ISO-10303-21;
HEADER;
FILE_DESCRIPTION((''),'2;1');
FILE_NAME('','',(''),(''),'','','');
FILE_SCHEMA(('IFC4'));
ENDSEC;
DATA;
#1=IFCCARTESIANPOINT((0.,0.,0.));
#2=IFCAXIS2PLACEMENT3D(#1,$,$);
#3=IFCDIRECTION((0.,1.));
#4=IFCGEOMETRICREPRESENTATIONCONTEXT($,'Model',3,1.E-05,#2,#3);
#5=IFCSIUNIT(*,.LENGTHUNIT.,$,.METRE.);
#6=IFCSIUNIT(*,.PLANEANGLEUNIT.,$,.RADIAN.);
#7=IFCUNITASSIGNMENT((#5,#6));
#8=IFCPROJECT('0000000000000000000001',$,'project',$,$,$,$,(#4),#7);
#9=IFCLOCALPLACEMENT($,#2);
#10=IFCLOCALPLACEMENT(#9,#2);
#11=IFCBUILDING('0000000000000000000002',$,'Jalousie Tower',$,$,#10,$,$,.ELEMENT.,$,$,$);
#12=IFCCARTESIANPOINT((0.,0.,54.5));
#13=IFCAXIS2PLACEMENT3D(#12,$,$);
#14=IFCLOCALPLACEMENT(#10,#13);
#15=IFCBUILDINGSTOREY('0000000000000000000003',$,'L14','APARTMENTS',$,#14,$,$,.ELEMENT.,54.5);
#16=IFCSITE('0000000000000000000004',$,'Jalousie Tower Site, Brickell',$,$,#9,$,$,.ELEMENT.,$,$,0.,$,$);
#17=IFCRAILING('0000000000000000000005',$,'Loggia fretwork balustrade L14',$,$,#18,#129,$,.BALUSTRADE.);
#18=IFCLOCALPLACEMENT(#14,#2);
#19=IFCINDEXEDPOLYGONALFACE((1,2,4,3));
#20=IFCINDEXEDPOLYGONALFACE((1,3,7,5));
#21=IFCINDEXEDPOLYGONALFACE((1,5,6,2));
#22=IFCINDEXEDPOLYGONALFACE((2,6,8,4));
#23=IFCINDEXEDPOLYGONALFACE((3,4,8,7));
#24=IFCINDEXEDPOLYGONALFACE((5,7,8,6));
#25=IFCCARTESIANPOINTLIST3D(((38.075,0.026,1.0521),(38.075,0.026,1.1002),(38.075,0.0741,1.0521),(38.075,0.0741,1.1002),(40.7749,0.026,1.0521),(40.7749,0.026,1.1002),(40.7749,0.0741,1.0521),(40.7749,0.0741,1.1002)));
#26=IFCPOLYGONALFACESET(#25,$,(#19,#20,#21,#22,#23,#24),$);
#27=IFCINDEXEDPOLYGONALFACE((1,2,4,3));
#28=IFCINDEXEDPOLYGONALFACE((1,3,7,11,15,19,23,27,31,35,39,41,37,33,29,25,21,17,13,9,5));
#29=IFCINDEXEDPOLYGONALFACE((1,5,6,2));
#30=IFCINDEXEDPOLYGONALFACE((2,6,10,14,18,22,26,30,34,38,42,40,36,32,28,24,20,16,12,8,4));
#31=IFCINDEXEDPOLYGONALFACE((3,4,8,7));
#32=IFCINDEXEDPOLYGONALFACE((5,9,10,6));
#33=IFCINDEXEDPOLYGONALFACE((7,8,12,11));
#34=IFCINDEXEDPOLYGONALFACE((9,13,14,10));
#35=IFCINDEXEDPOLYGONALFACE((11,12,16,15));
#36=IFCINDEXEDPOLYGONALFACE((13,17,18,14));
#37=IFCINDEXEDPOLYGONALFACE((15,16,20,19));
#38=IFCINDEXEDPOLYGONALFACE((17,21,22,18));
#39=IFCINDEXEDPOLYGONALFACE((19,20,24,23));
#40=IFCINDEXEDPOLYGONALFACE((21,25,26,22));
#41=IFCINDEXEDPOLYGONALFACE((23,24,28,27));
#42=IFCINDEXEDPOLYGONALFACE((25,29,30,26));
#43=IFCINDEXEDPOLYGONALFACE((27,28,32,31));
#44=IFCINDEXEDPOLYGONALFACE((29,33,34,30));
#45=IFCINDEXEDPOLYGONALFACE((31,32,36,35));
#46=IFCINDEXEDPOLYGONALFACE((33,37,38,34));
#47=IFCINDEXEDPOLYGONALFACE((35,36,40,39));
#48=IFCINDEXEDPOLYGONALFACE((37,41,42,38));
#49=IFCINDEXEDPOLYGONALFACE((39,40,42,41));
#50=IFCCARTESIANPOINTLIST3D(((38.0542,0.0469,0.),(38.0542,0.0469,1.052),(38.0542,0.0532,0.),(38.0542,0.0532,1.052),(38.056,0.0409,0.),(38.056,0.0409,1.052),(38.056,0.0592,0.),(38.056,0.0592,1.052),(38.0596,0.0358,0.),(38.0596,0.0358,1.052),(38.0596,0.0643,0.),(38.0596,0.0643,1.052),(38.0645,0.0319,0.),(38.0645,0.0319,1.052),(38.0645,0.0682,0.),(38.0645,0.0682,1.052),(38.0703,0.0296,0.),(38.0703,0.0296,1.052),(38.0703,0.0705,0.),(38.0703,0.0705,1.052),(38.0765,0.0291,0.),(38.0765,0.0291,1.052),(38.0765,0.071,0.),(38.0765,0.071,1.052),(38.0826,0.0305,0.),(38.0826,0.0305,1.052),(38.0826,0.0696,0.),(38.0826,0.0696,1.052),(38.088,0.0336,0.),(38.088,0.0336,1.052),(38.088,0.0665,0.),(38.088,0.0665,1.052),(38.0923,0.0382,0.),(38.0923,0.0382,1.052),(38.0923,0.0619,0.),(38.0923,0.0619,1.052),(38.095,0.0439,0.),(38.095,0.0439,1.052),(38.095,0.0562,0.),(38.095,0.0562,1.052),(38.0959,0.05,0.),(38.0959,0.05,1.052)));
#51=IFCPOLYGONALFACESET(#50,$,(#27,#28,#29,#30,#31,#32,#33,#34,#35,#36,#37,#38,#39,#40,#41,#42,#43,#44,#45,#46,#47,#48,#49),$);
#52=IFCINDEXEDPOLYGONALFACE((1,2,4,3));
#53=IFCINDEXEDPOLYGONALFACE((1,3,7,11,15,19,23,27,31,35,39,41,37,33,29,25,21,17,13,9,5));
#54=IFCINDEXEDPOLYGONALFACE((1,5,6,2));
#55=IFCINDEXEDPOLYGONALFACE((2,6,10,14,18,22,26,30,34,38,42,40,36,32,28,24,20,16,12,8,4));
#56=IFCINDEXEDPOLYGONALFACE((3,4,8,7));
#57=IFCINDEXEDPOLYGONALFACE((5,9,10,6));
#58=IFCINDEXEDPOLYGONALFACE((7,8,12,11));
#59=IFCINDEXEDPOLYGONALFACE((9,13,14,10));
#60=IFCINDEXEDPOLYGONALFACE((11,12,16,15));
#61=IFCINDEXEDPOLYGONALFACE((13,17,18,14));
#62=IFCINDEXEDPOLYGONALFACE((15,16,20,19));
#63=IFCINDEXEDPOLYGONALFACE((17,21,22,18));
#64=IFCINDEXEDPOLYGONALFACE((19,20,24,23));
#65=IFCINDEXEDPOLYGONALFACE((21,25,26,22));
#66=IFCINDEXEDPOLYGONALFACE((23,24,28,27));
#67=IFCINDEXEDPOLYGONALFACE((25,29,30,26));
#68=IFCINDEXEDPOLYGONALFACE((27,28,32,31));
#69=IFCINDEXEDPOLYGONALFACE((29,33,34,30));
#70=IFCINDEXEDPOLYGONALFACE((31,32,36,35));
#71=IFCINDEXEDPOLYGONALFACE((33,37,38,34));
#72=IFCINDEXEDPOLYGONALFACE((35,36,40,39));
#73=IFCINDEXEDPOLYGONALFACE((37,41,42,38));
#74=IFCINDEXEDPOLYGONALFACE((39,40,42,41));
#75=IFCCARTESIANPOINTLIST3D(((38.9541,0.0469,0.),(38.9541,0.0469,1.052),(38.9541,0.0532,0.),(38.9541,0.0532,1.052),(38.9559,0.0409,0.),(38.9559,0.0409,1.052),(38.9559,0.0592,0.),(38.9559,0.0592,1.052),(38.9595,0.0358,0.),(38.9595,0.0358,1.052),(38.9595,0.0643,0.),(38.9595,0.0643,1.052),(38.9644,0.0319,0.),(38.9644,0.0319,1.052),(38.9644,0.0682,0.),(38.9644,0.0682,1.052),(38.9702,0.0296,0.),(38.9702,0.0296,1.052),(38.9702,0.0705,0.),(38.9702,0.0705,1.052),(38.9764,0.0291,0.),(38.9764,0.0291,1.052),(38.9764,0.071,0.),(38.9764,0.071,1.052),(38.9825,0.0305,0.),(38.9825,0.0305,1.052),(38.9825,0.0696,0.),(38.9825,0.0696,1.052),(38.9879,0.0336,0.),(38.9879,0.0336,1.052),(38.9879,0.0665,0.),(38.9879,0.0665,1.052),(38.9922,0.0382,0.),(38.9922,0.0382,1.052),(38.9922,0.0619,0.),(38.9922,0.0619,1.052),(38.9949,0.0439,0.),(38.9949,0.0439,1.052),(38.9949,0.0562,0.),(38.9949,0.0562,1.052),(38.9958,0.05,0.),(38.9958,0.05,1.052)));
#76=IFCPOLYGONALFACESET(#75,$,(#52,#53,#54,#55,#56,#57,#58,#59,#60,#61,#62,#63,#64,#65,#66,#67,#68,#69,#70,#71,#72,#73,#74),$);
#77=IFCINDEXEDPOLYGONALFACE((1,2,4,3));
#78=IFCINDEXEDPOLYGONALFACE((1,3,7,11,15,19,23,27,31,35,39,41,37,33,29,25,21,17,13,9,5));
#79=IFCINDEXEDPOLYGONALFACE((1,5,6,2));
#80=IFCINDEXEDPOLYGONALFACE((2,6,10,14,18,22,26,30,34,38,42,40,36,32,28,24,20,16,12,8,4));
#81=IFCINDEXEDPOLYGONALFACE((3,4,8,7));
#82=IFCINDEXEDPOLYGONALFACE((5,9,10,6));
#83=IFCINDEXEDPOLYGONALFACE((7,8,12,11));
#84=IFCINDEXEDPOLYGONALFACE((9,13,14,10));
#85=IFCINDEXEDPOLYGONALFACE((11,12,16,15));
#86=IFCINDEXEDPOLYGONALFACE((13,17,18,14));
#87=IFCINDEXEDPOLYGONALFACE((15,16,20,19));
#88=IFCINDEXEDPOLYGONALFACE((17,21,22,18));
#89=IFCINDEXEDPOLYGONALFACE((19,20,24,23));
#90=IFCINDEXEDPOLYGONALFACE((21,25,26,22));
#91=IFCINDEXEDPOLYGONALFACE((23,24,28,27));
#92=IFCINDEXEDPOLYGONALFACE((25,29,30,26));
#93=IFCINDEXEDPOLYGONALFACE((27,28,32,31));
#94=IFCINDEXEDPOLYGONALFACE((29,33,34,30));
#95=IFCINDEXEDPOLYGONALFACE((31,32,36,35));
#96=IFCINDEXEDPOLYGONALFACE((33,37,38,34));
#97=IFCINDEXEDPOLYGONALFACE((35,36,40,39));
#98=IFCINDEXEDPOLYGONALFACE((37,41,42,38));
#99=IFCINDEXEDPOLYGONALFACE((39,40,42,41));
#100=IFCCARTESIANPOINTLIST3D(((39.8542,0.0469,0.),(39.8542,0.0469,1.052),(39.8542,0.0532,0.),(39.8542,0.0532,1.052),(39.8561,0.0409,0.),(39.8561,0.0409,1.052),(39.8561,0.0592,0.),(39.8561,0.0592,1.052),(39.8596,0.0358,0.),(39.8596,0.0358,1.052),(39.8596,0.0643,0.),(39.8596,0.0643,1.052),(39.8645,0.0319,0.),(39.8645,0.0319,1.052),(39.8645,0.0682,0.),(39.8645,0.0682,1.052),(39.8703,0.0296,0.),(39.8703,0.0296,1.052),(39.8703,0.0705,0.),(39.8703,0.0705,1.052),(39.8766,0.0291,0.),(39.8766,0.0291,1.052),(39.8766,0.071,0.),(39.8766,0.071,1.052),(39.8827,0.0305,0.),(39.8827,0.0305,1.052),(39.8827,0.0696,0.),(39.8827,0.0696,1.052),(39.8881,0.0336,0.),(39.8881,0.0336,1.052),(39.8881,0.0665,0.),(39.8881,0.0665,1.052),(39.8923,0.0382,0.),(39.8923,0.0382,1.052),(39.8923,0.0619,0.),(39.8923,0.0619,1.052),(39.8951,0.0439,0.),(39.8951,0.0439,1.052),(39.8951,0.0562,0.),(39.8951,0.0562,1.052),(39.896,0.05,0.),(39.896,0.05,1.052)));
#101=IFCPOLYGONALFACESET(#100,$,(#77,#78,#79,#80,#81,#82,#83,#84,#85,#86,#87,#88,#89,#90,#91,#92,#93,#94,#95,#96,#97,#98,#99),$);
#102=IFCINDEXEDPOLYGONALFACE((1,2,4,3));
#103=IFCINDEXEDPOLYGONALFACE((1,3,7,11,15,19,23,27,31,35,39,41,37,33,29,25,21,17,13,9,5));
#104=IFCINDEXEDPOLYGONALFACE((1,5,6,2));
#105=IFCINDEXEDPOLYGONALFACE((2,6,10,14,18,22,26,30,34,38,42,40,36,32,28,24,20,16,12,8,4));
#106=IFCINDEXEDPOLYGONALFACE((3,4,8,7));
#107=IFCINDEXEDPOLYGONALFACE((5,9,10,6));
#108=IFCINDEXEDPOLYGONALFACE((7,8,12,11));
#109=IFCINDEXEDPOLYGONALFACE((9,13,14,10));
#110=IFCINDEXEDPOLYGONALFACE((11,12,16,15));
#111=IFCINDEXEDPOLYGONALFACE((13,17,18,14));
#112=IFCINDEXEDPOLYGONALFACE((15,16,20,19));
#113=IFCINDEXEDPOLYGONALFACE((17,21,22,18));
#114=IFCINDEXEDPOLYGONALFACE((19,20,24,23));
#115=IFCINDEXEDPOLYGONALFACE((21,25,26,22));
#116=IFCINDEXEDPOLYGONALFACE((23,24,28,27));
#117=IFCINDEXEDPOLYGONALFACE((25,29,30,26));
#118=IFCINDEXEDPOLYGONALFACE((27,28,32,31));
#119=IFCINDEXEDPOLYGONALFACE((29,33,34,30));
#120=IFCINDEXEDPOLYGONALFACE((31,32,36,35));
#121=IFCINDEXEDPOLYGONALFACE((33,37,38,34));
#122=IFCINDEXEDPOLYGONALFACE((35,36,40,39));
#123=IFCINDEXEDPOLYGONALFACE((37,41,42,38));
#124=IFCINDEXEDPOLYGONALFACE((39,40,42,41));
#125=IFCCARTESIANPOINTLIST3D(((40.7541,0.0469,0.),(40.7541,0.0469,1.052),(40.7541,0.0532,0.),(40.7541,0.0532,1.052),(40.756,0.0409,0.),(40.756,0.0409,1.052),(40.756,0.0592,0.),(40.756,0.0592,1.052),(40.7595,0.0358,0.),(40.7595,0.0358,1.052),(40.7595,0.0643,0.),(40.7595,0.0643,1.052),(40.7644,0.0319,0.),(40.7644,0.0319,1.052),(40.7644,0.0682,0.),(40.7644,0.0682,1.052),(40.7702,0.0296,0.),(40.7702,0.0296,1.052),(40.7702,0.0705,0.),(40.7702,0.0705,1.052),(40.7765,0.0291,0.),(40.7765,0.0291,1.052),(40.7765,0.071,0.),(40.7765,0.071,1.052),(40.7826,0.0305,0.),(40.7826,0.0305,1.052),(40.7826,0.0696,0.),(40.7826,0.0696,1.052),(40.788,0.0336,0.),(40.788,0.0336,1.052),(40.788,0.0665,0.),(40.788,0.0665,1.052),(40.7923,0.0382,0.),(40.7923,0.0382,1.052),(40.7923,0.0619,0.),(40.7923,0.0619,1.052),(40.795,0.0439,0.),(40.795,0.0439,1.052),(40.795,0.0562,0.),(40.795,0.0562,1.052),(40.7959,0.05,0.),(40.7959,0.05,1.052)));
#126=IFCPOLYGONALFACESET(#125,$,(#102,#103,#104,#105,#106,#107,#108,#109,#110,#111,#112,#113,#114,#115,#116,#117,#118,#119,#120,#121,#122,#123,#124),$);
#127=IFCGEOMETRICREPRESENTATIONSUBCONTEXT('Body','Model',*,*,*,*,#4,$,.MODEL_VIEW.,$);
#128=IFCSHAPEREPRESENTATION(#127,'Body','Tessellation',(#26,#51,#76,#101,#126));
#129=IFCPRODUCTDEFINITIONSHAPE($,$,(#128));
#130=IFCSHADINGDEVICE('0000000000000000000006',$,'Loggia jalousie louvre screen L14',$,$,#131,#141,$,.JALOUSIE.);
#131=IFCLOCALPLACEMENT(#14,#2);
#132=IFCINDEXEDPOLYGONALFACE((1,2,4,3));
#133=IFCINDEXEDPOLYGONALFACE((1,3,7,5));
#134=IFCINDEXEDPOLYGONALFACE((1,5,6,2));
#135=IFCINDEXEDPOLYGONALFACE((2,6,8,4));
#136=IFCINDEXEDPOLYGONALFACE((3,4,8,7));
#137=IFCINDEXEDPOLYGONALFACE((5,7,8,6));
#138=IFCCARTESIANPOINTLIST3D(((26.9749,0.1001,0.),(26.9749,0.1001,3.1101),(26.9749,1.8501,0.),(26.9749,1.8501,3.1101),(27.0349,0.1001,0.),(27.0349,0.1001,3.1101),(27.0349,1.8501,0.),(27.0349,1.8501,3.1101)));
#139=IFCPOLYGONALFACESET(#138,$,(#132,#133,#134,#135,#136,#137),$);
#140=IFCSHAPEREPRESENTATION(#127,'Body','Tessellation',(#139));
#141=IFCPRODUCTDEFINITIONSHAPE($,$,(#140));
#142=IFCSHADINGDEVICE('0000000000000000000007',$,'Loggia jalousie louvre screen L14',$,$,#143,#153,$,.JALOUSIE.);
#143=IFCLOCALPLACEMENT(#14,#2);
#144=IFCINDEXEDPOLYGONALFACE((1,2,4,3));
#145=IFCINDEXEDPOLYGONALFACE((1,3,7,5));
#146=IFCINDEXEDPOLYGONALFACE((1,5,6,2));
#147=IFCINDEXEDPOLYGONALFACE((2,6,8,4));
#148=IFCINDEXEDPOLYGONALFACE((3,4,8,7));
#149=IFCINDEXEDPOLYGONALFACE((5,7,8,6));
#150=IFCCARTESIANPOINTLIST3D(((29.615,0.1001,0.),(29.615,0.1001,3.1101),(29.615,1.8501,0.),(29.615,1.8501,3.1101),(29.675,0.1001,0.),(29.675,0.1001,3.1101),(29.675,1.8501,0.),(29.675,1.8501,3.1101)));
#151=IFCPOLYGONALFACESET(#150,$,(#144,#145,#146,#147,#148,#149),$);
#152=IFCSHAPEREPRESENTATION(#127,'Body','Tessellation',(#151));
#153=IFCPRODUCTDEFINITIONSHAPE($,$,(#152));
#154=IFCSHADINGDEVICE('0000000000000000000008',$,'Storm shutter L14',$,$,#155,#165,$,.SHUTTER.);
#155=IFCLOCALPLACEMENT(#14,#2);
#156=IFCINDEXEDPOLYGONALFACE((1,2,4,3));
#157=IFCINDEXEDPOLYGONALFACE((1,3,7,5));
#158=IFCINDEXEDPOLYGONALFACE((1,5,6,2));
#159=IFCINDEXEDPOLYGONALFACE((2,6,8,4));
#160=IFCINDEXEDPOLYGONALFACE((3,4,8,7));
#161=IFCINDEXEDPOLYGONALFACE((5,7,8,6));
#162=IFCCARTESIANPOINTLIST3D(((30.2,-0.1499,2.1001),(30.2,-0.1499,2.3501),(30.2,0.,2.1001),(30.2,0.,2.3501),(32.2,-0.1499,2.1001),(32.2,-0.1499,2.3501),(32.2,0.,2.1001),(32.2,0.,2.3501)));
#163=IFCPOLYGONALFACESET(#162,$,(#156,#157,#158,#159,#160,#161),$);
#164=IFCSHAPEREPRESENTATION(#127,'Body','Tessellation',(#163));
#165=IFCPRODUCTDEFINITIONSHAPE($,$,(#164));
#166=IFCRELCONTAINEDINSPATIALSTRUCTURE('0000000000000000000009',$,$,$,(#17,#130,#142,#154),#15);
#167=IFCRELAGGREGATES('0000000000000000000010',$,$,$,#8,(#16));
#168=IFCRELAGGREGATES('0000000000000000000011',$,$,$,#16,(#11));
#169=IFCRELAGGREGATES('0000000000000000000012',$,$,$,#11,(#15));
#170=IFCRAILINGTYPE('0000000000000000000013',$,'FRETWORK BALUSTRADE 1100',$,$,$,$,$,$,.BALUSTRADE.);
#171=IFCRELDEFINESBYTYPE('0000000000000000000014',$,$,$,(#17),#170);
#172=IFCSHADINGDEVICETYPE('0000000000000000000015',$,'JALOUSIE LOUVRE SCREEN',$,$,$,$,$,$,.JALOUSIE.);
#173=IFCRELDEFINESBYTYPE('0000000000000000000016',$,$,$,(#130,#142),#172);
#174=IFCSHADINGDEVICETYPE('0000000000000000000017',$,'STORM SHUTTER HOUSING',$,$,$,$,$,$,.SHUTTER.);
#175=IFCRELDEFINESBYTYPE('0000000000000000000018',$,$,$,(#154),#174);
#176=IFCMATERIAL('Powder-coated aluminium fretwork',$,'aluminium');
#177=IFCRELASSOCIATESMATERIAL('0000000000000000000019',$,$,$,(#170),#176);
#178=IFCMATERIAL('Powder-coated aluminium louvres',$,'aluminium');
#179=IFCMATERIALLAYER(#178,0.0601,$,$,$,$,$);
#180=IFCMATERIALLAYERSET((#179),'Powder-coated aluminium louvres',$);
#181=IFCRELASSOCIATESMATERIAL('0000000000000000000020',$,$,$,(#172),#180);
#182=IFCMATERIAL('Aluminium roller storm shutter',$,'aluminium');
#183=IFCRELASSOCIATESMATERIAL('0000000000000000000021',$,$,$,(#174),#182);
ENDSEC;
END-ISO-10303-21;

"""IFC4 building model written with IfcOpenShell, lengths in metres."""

from ifc_helpers import new_model, si_unit, direction, frame, origin, origin_2d, place, context, subcontext, project, spatial, rectangle, circle, extrude, material, layer, layer_set, type_object, element, save


model = new_model("IFC4")

# Units and contexts
model_context = context("Model", 3, precision=1e-05, world=origin(), true_north=direction((0.0, 1.0)))
body_context = subcontext(model_context, "Body", "Model", "MODEL_VIEW")
ifc_project = project(units=[si_unit("LENGTHUNIT", "METRE"), si_unit("PLANEANGLEUNIT", "RADIAN")], contexts=[model_context])

# Site, building, storey
site_placement = place(None, origin())
site = spatial("IfcSite", under=ifc_project, at=site_placement, Name="Jalousie Tower Site, Brickell", CompositionType="ELEMENT", RefElevation=0.0)
building_placement = place(site_placement, origin())
building = spatial("IfcBuilding", under=site, at=building_placement, Name="Jalousie Tower", CompositionType="ELEMENT")
storey_placement = place(building_placement, frame((0.0, 0.0, 54.5)))
storey = spatial("IfcBuildingStorey", under=building, at=storey_placement, Name="L14", Description="APARTMENTS", CompositionType="ELEMENT", Elevation=54.5)

# Railing
ifc_material_1 = material(Name="Powder-coated aluminium fretwork", Category="aluminium")
railing_type = type_object("IfcRailingType", Name="FRETWORK BALUSTRADE 1100", PredefinedType="BALUSTRADE", material=ifc_material_1)
for number, where, name in (
    (1, (38.075, 0.05, 0.0), "Loggia fretwork balustrade L14"),
):
    element("IfcRailing", number, at=place(storey_placement, frame(where)), inside=storey, type_object=railing_type, Name=name, PredefinedType="BALUSTRADE", context=body_context, shape_type="SweptSolid", body=[
        extrude(rectangle(XDim=0.0481, YDim=0.0481, at=origin_2d()), frame((0.0, 0.0, 1.0762), z_axis=(1.0, 0.0, 0.0), x_axis=(0.0, 1.0, 0.0)), (0.0, 0.0, 1.0), 2.7),
        extrude(circle(Radius=0.021, at=origin_2d()), origin(), (0.0, 0.0, 1.0), 1.052),
        extrude(circle(Radius=0.021, at=origin_2d()), frame((0.8999, 0.0, 0.0)), (0.0, 0.0, 1.0), 1.052),
        extrude(circle(Radius=0.021, at=origin_2d()), frame((1.8, 0.0, 0.0)), (0.0, 0.0, 1.0), 1.052),
        extrude(circle(Radius=0.021, at=origin_2d()), frame((2.7, 0.0, 0.0)), (0.0, 0.0, 1.0), 1.052),
    ])

# Shading devices
ifc_material_2 = material(Name="Powder-coated aluminium louvres", Category="aluminium")
ifc_layer_1 = layer(ifc_material_2, 0.0601)
ifc_layer_set_1 = layer_set([ifc_layer_1], Name="Powder-coated aluminium louvres")
shading_device_type_1 = type_object("IfcShadingDeviceType", Name="JALOUSIE LOUVRE SCREEN", PredefinedType="JALOUSIE", material=ifc_layer_set_1)
for number, where, z_axis, x_axis, name in (
    (2, (27.0049, 0.9751, 0.0), (0.0, 0.0, 1.0), (1.0, 0.0, 0.0), "Loggia jalousie louvre screen L14"),
    (3, (29.645, 0.9751, 0.0), (0.0, 0.0, 1.0), (1.0, 0.0, 0.0), "Loggia jalousie louvre screen L14"),
):
    element("IfcShadingDevice", number, at=place(storey_placement, frame(where, z_axis=z_axis, x_axis=x_axis)), inside=storey, type_object=shading_device_type_1, Name=name, PredefinedType="JALOUSIE", context=body_context, shape_type="SweptSolid", body=[
        extrude(rectangle(XDim=0.0601, YDim=1.75, at=origin_2d()), origin(), (0.0, 0.0, 1.0), 3.1101),
    ])
ifc_material_3 = material(Name="Aluminium roller storm shutter", Category="aluminium")
shading_device_type_2 = type_object("IfcShadingDeviceType", Name="STORM SHUTTER HOUSING", PredefinedType="SHUTTER", material=ifc_material_3)
shading_device_placement = place(storey_placement, frame((31.2, -0.075, 2.1001), z_axis=(0.0, 0.0, 1.0), x_axis=(1.0, 0.0, 0.0)))
element("IfcShadingDevice", 4, at=shading_device_placement, inside=storey, type_object=shading_device_type_2, Name="Storm shutter L14", PredefinedType="SHUTTER", context=body_context, shape_type="SweptSolid", body=[
    extrude(rectangle(XDim=2.0, YDim=0.1499, at=origin_2d()), origin(), (0.0, 0.0, 1.0), 0.25),
])

save(model, "model.ifc")
